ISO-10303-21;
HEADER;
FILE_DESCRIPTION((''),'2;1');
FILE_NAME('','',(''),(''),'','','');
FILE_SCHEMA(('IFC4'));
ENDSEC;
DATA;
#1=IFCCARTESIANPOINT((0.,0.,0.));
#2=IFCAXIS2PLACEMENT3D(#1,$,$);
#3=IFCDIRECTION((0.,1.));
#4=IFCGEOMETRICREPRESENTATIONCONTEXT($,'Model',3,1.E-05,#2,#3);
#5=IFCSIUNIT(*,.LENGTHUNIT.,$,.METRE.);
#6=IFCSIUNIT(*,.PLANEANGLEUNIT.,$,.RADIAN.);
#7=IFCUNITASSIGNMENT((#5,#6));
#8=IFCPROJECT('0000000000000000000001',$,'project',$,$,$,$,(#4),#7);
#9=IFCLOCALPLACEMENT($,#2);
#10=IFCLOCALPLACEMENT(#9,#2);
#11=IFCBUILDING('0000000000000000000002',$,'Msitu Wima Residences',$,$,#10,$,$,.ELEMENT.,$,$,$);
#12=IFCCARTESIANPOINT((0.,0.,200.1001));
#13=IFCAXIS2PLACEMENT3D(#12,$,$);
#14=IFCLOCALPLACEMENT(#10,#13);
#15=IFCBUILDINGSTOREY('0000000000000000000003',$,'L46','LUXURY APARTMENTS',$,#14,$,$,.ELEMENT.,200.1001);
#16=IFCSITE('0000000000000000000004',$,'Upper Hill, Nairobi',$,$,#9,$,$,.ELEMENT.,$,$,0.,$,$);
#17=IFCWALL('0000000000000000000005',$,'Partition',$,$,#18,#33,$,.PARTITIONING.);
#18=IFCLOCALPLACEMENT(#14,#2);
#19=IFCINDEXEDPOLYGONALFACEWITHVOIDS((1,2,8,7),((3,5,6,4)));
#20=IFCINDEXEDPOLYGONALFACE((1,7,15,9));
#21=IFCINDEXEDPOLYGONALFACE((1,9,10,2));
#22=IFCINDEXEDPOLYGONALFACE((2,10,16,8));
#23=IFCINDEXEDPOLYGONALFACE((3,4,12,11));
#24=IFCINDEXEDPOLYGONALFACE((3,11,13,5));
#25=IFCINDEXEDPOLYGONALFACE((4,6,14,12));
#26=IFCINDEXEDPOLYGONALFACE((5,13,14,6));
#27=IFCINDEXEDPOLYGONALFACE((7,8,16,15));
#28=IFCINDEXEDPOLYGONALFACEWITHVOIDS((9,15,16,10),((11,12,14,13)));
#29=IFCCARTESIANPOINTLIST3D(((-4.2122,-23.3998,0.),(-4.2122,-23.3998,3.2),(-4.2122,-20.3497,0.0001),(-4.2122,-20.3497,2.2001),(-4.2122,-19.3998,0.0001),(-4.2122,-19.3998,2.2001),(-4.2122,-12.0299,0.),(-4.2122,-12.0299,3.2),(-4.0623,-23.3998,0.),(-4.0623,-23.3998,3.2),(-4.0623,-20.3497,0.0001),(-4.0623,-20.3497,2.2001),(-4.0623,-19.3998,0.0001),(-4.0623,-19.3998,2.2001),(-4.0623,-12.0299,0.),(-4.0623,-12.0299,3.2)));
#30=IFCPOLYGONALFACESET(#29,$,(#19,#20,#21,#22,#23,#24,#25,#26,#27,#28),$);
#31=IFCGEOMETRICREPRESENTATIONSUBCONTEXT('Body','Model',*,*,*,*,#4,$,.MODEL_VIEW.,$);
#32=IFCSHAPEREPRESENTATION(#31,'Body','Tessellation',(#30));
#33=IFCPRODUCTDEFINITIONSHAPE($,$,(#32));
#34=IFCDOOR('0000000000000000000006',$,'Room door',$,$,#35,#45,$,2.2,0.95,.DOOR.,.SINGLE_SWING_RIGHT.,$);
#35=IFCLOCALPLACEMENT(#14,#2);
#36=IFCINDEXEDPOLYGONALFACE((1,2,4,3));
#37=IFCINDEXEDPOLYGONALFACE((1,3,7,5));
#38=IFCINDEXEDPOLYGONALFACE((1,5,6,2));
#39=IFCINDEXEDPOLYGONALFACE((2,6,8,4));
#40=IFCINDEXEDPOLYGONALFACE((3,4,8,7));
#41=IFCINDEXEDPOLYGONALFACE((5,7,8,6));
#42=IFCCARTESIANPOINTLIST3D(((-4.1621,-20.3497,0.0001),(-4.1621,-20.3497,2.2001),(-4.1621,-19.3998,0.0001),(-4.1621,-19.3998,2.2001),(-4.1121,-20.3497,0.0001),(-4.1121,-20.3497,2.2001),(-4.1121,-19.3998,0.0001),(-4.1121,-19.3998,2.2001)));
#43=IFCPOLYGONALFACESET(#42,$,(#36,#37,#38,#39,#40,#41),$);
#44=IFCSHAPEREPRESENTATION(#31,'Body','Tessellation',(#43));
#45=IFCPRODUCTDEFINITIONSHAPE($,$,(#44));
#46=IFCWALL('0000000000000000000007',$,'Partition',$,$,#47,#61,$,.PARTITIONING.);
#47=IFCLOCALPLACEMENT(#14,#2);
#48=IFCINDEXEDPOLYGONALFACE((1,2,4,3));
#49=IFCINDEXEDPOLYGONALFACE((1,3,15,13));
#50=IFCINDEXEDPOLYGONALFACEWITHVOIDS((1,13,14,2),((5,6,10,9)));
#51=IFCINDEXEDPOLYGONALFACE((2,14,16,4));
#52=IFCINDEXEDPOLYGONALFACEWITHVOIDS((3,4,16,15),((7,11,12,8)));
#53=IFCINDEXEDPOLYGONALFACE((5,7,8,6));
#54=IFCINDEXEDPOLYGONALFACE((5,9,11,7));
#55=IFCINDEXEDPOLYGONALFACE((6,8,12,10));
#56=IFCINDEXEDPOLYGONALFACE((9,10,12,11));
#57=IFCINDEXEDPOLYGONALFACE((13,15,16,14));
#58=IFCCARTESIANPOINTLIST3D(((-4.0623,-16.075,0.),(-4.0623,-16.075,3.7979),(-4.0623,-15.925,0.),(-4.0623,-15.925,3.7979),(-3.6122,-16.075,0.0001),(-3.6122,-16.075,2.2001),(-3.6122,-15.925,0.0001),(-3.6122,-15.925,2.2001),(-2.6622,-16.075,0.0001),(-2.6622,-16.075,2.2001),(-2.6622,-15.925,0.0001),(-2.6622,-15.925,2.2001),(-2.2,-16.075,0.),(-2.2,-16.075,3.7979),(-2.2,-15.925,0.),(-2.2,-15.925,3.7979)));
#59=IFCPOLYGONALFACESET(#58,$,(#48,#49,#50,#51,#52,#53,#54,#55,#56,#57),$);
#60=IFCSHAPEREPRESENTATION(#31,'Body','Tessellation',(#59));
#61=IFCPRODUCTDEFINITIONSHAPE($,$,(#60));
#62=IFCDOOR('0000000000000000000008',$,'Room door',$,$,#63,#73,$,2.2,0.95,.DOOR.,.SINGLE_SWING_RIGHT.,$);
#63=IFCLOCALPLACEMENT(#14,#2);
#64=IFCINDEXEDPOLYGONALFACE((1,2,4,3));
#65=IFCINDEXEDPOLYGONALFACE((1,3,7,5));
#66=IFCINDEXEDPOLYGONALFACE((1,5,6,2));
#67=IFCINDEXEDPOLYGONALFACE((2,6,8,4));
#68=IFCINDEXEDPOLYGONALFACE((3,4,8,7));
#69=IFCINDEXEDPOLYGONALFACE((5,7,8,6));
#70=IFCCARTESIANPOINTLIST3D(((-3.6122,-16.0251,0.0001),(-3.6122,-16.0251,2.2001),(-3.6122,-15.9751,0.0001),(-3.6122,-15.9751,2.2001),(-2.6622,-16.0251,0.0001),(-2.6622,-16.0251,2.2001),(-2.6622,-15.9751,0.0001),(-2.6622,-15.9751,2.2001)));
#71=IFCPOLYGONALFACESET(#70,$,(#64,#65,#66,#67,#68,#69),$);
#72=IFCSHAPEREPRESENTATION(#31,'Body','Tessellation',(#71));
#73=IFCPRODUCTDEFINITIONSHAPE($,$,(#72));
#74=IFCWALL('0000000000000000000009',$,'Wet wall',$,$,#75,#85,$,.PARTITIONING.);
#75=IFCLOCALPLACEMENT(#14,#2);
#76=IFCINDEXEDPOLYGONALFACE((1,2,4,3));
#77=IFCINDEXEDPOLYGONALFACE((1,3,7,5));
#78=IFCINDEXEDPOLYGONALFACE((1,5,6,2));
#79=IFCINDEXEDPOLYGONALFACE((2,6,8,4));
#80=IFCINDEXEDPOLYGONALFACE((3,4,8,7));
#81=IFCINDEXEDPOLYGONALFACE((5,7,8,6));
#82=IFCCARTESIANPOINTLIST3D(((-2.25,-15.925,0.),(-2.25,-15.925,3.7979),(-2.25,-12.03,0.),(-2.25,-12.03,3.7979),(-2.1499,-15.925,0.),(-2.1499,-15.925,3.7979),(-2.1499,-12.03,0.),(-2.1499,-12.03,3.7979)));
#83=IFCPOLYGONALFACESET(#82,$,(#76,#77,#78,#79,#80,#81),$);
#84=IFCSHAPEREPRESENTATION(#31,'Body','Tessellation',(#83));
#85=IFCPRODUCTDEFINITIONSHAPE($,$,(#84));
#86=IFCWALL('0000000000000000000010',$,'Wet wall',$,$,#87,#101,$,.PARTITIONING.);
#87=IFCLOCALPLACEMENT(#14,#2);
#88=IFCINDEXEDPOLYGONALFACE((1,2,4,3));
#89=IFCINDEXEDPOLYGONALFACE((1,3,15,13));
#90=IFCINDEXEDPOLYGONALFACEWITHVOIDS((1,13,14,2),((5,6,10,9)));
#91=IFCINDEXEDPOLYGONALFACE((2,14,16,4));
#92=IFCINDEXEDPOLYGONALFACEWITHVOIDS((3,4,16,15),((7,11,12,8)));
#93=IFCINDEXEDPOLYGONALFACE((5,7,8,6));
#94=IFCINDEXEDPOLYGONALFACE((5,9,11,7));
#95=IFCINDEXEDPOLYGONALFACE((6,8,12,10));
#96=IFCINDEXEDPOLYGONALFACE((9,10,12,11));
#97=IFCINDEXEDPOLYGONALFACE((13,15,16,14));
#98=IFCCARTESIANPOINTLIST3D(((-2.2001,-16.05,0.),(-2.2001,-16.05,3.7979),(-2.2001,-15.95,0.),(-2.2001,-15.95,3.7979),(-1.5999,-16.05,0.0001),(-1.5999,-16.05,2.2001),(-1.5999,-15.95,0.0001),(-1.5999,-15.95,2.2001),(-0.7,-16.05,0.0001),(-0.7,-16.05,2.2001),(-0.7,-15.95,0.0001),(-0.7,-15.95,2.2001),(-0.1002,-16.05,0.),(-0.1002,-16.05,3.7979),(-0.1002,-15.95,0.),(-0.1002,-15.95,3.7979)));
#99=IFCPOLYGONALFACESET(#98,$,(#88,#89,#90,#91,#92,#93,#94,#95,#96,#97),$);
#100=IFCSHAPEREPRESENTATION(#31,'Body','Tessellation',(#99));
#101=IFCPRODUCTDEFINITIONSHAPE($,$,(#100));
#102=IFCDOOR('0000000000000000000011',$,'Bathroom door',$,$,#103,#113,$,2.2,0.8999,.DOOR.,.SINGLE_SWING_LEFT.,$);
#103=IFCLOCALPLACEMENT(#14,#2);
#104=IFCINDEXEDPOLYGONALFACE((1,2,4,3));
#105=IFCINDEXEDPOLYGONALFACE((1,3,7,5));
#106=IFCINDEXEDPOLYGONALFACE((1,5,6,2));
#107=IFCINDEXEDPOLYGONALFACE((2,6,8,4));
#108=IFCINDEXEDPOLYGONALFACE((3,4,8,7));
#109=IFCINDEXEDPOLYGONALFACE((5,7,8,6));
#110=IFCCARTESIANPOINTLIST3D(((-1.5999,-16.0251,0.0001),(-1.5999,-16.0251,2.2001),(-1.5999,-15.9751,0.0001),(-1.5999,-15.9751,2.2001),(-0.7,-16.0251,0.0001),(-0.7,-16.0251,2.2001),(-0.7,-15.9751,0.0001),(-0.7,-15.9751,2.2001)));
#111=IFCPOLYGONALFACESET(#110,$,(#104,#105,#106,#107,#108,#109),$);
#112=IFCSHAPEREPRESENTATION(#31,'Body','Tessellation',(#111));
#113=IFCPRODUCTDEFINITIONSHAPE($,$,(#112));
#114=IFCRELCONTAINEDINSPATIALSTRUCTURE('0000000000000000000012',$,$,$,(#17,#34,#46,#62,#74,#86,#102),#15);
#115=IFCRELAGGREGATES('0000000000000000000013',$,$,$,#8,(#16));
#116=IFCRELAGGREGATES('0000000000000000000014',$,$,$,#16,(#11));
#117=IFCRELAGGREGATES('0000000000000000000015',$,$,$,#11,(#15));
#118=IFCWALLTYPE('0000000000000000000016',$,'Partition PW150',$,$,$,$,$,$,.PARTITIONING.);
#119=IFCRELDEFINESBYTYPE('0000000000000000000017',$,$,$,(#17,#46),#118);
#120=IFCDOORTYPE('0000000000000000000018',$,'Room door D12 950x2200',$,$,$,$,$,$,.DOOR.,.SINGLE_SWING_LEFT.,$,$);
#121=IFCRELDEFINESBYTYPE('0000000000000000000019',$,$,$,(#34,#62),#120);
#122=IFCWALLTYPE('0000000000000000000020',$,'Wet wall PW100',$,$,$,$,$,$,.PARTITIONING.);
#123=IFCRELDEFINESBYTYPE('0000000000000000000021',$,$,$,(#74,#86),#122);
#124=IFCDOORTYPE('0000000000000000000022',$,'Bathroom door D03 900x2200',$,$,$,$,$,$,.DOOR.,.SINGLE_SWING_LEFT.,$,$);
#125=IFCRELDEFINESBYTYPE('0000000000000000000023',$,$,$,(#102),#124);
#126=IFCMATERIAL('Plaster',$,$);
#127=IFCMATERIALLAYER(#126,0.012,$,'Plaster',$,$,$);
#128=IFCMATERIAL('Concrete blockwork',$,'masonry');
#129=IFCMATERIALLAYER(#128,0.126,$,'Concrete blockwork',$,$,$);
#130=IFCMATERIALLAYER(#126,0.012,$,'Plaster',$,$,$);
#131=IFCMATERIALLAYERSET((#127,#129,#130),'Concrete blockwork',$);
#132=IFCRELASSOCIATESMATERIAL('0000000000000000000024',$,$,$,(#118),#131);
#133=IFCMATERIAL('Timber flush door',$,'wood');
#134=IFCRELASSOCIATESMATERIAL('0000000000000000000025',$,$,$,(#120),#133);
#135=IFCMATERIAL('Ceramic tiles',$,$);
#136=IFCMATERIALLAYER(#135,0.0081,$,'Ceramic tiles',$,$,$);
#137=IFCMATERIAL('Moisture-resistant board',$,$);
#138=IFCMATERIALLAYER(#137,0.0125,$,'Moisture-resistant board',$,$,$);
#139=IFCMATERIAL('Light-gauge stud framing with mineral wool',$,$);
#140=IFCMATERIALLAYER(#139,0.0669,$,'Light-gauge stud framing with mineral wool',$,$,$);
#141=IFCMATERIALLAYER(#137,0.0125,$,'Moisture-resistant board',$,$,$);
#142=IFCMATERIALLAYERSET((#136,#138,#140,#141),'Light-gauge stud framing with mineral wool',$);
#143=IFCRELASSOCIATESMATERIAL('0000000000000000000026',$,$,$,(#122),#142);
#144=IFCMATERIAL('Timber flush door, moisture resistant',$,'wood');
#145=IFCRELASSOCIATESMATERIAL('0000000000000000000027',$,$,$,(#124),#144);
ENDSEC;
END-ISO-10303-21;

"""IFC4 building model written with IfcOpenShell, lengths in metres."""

from ifc_helpers import new_model, si_unit, direction, frame, frame_2d, origin, place, context, subcontext, project, spatial, rectangle, extrude, material, layer, layer_set, type_object, element, fill, save


model = new_model("IFC4")

# Units and contexts
model_context = context("Model", 3, precision=1e-05, world=origin(), true_north=direction((0.0, 1.0)))
body_context = subcontext(model_context, "Body", "Model", "MODEL_VIEW")
ifc_project = project(units=[si_unit("LENGTHUNIT", "METRE"), si_unit("PLANEANGLEUNIT", "RADIAN")], contexts=[model_context])

# Site, building, storey
site_placement = place(None, origin())
site = spatial("IfcSite", under=ifc_project, at=site_placement, Name="Upper Hill, Nairobi", CompositionType="ELEMENT", RefElevation=0.0)
building_placement = place(site_placement, origin())
building = spatial("IfcBuilding", under=site, at=building_placement, Name="Msitu Wima Residences", CompositionType="ELEMENT")
storey_placement = place(building_placement, frame((0.0, 0.0, 200.1001)))
storey = spatial("IfcBuildingStorey", under=building, at=storey_placement, Name="L46", Description="LUXURY APARTMENTS", CompositionType="ELEMENT", Elevation=200.1001)

# Shared definitions
ifc_material_1 = material(Name="Plaster")
ifc_layer_1 = layer(ifc_material_1, 0.012, Name="Plaster")
ifc_material_2 = material(Name="Concrete blockwork", Category="masonry")
ifc_layer_2 = layer(ifc_material_2, 0.126, Name="Concrete blockwork")
ifc_layer_3 = layer(ifc_material_1, 0.012, Name="Plaster")
ifc_layer_set_1 = layer_set([ifc_layer_1, ifc_layer_2, ifc_layer_3], Name="Concrete blockwork")
wall_type_1 = type_object("IfcWallType", Name="Partition PW150", PredefinedType="PARTITIONING", material=ifc_layer_set_1)

# Walls, openings, doors
wall_1_placement = place(storey_placement, frame((-4.1372, -23.3999, 0.0), z_axis=(0.0, 0.0, 1.0), x_axis=(0.0, 1.0, 0.0)))
wall_1 = element("IfcWall", 1, at=wall_1_placement, inside=storey, type_object=wall_type_1, Name="Partition", PredefinedType="PARTITIONING", context=body_context, shape_type="SweptSolid", body=[
    extrude(rectangle(XDim=11.3699, YDim=0.1499, at=frame_2d((5.6851, 0.0))), origin(), (0.0, 0.0, 1.0), 3.2),
])
opening_1_placement = place(wall_1_placement, frame((3.05, 0.0, 0.0)))
opening_1 = element("IfcOpeningElement", 2, at=opening_1_placement, cuts=wall_1, PredefinedType="OPENING", context=body_context, shape_type="SweptSolid", body=[
    extrude(rectangle(XDim=0.95, YDim=2.2, at=frame_2d((0.4751, 1.1001))), frame((0.0, 0.085, 0.0), z_axis=(0.0, -1.0, 0.0), x_axis=(1.0, 0.0, 0.0)), (0.0, 0.0, 1.0), 0.1699),
])
ifc_material_3 = material(Name="Timber flush door", Category="wood")
door_type_1 = type_object("IfcDoorType", Name="Room door D12 950x2200", OperationType="SINGLE_SWING_LEFT", PredefinedType="DOOR", material=ifc_material_3)
door_1_placement = place(opening_1_placement, origin())
door_1 = element("IfcDoor", 3, at=door_1_placement, inside=storey, type_object=door_type_1, Name="Room door", OperationType="SINGLE_SWING_RIGHT", OverallHeight=2.2, OverallWidth=0.95, PredefinedType="DOOR", context=body_context, shape_type="SweptSolid", body=[
    extrude(rectangle(XDim=0.95, YDim=2.2, at=frame_2d((0.4751, 1.1001))), frame((0.0, 0.0249, 0.0), z_axis=(0.0, -1.0, 0.0), x_axis=(1.0, 0.0, 0.0)), (0.0, 0.0, 1.0), 0.05),
])
fill(opening_1, door_1)
wall_2_placement = place(storey_placement, frame((-4.0623, -16.0, 0.0), z_axis=(0.0, 0.0, 1.0), x_axis=(1.0, 0.0, 0.0)))
wall_2 = element("IfcWall", 4, at=wall_2_placement, inside=storey, type_object=wall_type_1, Name="Partition", PredefinedType="PARTITIONING", context=body_context, shape_type="SweptSolid", body=[
    extrude(rectangle(XDim=1.8623, YDim=0.1499, at=frame_2d((0.9312, 0.0))), origin(), (0.0, 0.0, 1.0), 3.7979),
])
opening_2_placement = place(wall_2_placement, frame((0.45, 0.0, 0.0)))
opening_2 = element("IfcOpeningElement", 5, at=opening_2_placement, cuts=wall_2, PredefinedType="OPENING", context=body_context, shape_type="SweptSolid", body=[
    extrude(rectangle(XDim=0.95, YDim=2.2, at=frame_2d((0.4751, 1.1001))), frame((0.0, 0.085, 0.0), z_axis=(0.0, -1.0, 0.0), x_axis=(1.0, 0.0, 0.0)), (0.0, 0.0, 1.0), 0.1699),
])
door_2_placement = place(opening_2_placement, origin())
door_2 = element("IfcDoor", 6, at=door_2_placement, inside=storey, type_object=door_type_1, Name="Room door", OperationType="SINGLE_SWING_RIGHT", OverallHeight=2.2, OverallWidth=0.95, PredefinedType="DOOR", context=body_context, shape_type="SweptSolid", body=[
    extrude(rectangle(XDim=0.95, YDim=2.2, at=frame_2d((0.4751, 1.1001))), frame((0.0, 0.0249, 0.0), z_axis=(0.0, -1.0, 0.0), x_axis=(1.0, 0.0, 0.0)), (0.0, 0.0, 1.0), 0.05),
])
fill(opening_2, door_2)

# Wall
ifc_material_4 = material(Name="Ceramic tiles")
ifc_layer_4 = layer(ifc_material_4, 0.0081, Name="Ceramic tiles")
ifc_material_5 = material(Name="Moisture-resistant board")
ifc_layer_5 = layer(ifc_material_5, 0.0125, Name="Moisture-resistant board")
ifc_material_6 = material(Name="Light-gauge stud framing with mineral wool")
ifc_layer_6 = layer(ifc_material_6, 0.0669, Name="Light-gauge stud framing with mineral wool")
ifc_layer_7 = layer(ifc_material_5, 0.0125, Name="Moisture-resistant board")
ifc_layer_set_2 = layer_set([ifc_layer_4, ifc_layer_5, ifc_layer_6, ifc_layer_7], Name="Light-gauge stud framing with mineral wool")
wall_type_2 = type_object("IfcWallType", Name="Wet wall PW100", PredefinedType="PARTITIONING", material=ifc_layer_set_2)
wall_3_placement = place(storey_placement, frame((-2.2, -15.925, 0.0), z_axis=(0.0, 0.0, 1.0), x_axis=(0.0, 1.0, 0.0)))
element("IfcWall", 7, at=wall_3_placement, inside=storey, type_object=wall_type_2, Name="Wet wall", PredefinedType="PARTITIONING", context=body_context, shape_type="SweptSolid", body=[
    extrude(rectangle(XDim=3.895, YDim=0.1001, at=frame_2d((1.9475, 0.0))), origin(), (0.0, 0.0, 1.0), 3.7979),
])

# Wall, opening, door
wall_4_placement = place(storey_placement, frame((-2.2, -16.0, 0.0), z_axis=(0.0, 0.0, 1.0), x_axis=(1.0, 0.0, 0.0)))
wall_4 = element("IfcWall", 8, at=wall_4_placement, inside=storey, type_object=wall_type_2, Name="Wet wall", PredefinedType="PARTITIONING", context=body_context, shape_type="SweptSolid", body=[
    extrude(rectangle(XDim=2.0999, YDim=0.1001, at=frame_2d((1.0498, 0.0))), origin(), (0.0, 0.0, 1.0), 3.7979),
])
opening_3_placement = place(wall_4_placement, frame((0.6001, 0.0, 0.0)))
opening_3 = element("IfcOpeningElement", 9, at=opening_3_placement, cuts=wall_4, PredefinedType="OPENING", context=body_context, shape_type="SweptSolid", body=[
    extrude(rectangle(XDim=0.8999, YDim=2.2, at=frame_2d((0.45, 1.1001))), frame((0.0, 0.0601, 0.0), z_axis=(0.0, -1.0, 0.0), x_axis=(1.0, 0.0, 0.0)), (0.0, 0.0, 1.0), 0.1201),
])
ifc_material_7 = material(Name="Timber flush door, moisture resistant", Category="wood")
door_type_2 = type_object("IfcDoorType", Name="Bathroom door D03 900x2200", OperationType="SINGLE_SWING_LEFT", PredefinedType="DOOR", material=ifc_material_7)
door_3_placement = place(opening_3_placement, origin())
door_3 = element("IfcDoor", 10, at=door_3_placement, inside=storey, type_object=door_type_2, Name="Bathroom door", OperationType="SINGLE_SWING_LEFT", OverallHeight=2.2, OverallWidth=0.8999, PredefinedType="DOOR", context=body_context, shape_type="SweptSolid", body=[
    extrude(rectangle(XDim=0.8999, YDim=2.2, at=frame_2d((0.45, 1.1001))), frame((0.0, 0.0249, 0.0), z_axis=(0.0, -1.0, 0.0), x_axis=(1.0, 0.0, 0.0)), (0.0, 0.0, 1.0), 0.05),
])
fill(opening_3, door_3)

save(model, "model.ifc")
